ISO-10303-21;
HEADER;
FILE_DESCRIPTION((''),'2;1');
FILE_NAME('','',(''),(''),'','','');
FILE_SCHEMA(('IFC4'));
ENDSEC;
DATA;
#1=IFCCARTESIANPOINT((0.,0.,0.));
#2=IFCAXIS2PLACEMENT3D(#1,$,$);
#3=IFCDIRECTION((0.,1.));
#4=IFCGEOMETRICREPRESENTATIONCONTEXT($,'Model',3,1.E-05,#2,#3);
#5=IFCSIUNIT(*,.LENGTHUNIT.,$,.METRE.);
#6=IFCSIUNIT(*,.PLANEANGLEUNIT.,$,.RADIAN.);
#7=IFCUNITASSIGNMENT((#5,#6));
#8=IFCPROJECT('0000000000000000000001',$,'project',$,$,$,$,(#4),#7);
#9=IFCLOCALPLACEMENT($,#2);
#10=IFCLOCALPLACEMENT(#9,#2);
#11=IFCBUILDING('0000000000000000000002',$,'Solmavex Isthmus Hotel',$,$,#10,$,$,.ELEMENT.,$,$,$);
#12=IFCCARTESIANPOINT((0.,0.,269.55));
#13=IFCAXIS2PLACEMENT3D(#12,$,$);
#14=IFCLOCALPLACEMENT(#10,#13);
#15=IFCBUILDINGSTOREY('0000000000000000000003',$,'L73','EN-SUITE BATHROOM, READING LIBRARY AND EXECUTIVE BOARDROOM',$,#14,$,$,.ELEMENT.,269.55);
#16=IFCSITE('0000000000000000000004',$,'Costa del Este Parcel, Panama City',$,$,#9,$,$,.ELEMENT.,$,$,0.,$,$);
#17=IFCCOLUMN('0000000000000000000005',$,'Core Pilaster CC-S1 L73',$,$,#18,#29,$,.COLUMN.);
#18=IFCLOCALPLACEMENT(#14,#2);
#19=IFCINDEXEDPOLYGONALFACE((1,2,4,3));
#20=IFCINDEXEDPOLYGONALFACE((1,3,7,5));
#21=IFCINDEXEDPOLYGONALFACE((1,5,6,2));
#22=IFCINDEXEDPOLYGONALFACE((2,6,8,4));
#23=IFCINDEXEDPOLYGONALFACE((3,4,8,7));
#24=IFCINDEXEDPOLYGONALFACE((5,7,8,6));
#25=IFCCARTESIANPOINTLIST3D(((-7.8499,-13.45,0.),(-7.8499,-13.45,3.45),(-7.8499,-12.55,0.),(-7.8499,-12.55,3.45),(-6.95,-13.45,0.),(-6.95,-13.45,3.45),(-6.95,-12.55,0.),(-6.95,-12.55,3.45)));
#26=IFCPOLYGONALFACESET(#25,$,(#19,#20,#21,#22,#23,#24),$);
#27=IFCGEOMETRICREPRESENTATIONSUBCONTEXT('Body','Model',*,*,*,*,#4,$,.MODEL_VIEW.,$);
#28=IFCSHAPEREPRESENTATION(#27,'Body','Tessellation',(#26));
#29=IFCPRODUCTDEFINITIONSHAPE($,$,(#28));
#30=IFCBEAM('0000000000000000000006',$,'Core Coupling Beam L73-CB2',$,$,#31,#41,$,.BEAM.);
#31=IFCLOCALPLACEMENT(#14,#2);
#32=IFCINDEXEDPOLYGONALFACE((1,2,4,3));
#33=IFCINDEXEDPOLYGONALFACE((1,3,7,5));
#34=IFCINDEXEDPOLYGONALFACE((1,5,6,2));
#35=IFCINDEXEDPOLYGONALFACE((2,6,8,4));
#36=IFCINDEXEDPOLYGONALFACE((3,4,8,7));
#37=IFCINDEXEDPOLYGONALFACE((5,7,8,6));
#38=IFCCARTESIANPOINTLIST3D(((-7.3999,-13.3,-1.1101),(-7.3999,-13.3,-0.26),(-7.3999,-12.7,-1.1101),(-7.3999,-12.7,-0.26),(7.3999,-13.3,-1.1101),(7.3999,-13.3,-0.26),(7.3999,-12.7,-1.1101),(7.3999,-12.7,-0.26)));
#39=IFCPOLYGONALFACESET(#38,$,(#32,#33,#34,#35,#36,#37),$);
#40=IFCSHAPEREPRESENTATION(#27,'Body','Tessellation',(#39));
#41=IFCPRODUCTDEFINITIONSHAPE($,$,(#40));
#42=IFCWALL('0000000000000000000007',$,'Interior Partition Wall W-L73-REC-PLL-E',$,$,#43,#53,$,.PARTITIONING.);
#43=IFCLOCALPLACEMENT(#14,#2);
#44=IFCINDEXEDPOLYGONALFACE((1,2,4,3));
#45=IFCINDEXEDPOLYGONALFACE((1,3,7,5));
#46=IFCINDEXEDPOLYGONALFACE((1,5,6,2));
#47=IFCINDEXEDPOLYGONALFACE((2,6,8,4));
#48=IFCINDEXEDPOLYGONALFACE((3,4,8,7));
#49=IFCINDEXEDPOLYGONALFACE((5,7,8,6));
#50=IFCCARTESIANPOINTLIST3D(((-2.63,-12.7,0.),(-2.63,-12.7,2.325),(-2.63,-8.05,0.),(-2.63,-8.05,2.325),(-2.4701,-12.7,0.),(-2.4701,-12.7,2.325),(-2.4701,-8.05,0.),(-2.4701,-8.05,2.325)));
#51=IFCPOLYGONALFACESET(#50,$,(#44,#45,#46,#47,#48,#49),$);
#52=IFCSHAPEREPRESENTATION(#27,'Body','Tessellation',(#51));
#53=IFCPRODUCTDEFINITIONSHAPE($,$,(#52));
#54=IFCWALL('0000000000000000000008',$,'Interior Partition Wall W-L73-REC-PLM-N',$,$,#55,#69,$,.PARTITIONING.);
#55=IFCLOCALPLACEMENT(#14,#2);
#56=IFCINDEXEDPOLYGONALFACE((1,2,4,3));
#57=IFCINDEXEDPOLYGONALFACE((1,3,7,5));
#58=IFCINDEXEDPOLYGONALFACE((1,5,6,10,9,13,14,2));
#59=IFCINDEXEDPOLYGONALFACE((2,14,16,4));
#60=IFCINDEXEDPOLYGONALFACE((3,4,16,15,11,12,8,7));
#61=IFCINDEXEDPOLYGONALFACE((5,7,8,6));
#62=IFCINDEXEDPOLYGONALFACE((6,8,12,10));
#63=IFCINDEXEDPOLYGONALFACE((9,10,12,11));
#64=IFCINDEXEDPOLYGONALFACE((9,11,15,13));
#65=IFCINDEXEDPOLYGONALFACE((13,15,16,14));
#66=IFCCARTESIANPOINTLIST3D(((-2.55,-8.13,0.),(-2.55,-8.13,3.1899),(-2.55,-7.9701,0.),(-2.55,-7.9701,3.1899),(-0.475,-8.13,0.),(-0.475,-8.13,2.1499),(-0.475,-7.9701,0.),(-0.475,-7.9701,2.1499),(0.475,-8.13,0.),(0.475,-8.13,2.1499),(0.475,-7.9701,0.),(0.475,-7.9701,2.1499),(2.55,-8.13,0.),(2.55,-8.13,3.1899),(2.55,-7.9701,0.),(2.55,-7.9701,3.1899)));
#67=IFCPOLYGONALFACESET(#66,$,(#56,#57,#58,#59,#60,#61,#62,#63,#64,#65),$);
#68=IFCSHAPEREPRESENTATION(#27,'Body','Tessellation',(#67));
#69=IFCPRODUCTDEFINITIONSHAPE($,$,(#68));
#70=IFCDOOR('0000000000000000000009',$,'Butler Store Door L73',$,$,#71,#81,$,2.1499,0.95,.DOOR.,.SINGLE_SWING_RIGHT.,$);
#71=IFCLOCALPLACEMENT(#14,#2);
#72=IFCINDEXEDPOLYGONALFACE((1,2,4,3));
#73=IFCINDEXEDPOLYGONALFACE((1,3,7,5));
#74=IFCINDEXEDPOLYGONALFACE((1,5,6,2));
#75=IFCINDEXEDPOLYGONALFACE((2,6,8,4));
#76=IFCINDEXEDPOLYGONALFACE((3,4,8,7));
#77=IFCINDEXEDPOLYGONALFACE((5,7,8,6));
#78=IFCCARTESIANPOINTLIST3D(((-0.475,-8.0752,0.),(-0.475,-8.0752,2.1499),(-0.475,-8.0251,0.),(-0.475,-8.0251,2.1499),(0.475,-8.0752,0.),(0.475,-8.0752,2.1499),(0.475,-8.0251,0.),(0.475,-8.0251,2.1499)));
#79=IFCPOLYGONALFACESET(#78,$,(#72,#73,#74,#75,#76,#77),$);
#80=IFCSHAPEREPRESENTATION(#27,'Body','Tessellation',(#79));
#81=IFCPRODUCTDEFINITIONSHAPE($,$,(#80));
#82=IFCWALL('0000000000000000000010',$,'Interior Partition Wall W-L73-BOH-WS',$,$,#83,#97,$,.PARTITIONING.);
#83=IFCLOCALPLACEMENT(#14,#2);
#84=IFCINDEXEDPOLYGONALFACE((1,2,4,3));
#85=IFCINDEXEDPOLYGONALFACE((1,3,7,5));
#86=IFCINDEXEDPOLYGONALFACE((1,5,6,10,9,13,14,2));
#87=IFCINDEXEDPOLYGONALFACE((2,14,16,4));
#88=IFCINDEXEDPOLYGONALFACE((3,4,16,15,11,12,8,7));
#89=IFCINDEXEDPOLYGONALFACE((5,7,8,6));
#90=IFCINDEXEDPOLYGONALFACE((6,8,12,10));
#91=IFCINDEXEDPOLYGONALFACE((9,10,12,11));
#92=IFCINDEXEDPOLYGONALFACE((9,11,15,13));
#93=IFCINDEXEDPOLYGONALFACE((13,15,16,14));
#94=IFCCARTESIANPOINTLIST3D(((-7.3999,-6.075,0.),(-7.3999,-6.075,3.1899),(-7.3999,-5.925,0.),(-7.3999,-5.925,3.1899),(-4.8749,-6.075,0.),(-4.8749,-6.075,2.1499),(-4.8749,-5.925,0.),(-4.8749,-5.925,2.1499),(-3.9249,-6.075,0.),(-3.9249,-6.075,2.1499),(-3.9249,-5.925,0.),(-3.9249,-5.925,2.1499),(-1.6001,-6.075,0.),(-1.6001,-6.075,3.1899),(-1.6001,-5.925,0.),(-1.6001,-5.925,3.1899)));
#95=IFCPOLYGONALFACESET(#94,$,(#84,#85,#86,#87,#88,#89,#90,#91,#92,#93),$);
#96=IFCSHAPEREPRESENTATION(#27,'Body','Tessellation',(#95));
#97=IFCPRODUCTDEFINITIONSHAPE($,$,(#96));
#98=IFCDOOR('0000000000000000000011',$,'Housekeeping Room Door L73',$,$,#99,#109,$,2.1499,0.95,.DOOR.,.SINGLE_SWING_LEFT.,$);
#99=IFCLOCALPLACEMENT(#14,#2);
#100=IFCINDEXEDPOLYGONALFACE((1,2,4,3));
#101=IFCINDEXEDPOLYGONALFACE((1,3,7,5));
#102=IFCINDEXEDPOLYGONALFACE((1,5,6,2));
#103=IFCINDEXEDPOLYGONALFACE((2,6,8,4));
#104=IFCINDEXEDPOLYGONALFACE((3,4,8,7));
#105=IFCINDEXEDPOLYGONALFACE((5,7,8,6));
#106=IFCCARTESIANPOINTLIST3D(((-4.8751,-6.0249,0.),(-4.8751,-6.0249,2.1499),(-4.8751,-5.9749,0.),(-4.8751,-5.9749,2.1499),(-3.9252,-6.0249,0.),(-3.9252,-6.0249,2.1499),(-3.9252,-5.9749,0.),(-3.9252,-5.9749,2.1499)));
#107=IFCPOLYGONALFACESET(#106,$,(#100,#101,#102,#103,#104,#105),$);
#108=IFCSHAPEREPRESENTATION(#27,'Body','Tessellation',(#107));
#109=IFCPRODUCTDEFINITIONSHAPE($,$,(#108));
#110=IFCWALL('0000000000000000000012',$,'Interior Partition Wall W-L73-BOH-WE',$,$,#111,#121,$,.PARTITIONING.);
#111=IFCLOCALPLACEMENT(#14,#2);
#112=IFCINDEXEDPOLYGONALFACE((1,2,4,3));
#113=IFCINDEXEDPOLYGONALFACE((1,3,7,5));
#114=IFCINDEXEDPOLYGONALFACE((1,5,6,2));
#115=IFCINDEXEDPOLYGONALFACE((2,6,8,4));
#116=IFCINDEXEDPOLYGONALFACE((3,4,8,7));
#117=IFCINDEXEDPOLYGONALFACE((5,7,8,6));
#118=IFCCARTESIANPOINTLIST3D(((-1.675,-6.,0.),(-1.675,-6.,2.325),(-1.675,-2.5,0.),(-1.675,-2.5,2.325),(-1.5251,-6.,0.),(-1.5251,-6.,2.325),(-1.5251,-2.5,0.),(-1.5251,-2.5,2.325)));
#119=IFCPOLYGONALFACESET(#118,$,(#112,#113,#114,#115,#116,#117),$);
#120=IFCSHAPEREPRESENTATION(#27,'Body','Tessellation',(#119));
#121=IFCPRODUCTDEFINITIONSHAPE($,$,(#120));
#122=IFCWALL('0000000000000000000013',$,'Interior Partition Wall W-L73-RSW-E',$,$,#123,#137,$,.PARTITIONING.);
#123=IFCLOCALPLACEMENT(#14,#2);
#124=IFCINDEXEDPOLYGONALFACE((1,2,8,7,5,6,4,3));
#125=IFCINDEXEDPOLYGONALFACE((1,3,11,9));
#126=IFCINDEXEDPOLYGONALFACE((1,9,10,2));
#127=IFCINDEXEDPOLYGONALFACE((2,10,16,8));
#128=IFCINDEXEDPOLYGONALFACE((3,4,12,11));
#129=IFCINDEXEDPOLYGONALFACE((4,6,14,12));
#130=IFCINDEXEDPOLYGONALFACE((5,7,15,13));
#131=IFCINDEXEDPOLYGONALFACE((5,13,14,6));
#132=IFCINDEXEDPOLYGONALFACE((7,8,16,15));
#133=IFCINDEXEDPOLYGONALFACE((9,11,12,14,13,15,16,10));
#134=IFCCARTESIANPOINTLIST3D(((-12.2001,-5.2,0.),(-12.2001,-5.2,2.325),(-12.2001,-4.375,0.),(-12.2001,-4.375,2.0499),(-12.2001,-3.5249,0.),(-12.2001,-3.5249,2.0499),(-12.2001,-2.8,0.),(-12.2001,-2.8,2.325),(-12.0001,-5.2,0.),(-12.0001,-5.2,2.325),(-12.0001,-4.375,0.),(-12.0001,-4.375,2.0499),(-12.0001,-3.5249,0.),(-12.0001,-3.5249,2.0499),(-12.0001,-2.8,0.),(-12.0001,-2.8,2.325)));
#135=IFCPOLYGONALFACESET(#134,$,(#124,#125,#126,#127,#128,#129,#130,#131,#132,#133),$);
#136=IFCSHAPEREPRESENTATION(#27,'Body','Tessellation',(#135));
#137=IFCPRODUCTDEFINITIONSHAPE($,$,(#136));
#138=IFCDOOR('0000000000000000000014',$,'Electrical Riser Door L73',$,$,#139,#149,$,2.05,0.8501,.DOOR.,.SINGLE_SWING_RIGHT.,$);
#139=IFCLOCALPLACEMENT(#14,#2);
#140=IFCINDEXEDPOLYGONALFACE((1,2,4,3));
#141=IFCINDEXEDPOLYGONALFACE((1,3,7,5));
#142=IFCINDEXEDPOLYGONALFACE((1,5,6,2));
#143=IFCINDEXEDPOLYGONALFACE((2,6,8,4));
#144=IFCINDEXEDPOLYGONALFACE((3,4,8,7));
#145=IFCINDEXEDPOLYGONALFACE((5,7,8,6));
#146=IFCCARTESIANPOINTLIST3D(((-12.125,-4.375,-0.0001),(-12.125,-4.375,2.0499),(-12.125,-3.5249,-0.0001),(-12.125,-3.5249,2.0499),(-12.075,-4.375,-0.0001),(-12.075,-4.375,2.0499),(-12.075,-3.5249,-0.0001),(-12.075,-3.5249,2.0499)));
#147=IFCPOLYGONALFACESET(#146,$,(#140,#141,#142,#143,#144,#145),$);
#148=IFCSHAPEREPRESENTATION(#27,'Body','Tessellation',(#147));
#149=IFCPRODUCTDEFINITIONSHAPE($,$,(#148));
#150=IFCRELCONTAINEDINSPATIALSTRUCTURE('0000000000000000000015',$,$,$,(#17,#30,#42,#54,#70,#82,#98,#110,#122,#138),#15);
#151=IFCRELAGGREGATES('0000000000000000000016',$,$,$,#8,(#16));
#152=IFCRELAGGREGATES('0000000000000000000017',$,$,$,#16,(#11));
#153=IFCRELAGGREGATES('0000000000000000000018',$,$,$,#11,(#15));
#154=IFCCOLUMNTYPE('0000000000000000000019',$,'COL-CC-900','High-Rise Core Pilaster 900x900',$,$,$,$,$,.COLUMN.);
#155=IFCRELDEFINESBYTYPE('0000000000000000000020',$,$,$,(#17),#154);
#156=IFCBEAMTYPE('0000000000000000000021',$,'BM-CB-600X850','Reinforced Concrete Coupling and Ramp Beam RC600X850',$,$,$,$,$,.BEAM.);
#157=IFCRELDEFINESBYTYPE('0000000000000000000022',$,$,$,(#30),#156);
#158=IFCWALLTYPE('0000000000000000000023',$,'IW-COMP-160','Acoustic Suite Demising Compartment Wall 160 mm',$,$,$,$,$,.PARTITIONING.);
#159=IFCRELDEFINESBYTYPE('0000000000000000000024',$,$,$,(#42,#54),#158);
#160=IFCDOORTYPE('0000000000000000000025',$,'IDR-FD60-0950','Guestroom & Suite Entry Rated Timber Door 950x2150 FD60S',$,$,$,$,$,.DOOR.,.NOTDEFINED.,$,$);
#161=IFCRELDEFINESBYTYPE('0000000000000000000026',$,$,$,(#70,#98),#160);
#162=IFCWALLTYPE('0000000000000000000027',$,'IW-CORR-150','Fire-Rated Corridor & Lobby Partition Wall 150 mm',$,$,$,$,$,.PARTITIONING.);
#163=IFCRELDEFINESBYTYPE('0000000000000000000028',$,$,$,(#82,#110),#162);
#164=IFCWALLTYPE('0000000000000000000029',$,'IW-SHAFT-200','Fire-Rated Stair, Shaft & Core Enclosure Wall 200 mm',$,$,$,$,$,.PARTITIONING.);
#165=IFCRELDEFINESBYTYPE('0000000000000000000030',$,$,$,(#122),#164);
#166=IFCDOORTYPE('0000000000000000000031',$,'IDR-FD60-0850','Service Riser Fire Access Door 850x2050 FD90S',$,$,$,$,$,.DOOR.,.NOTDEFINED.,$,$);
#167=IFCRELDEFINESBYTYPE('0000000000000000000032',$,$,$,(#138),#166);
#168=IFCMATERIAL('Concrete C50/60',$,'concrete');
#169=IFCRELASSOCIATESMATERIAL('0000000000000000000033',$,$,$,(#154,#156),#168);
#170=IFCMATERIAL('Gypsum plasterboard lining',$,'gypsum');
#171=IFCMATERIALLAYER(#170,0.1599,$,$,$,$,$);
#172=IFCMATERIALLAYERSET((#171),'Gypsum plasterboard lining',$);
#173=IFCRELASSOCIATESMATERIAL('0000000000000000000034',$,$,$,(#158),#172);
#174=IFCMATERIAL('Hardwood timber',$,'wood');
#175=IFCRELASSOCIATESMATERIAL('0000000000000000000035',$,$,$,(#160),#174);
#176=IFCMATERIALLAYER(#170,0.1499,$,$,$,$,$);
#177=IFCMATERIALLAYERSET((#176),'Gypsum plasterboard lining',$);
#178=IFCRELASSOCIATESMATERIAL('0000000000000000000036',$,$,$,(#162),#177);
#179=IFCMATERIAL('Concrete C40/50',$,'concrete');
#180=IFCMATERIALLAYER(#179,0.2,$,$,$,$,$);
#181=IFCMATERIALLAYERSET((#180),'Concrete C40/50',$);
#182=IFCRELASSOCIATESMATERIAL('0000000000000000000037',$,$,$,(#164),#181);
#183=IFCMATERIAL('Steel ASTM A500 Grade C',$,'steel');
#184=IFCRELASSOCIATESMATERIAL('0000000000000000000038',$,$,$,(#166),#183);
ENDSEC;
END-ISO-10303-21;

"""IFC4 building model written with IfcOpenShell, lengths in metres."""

from ifc_helpers import new_model, si_unit, direction, frame, frame_2d, origin, origin_2d, place, context, subcontext, project, spatial, rectangle, extrude, material, layer, layer_set, material_profile, profile_set, type_object, element, fill, save


model = new_model("IFC4")

# Units and contexts
model_context = context("Model", 3, precision=1e-05, world=origin(), true_north=direction((0.0, 1.0)))
body_context = subcontext(model_context, "Body", "Model", "MODEL_VIEW")
ifc_project = project(units=[si_unit("LENGTHUNIT", "METRE"), si_unit("PLANEANGLEUNIT", "RADIAN")], contexts=[model_context])

# Site, building, storey
site_placement = place(None, origin())
site = spatial("IfcSite", under=ifc_project, at=site_placement, Name="Costa del Este Parcel, Panama City", CompositionType="ELEMENT", RefElevation=0.0)
building_placement = place(site_placement, origin())
building = spatial("IfcBuilding", under=site, at=building_placement, Name="Solmavex Isthmus Hotel", CompositionType="ELEMENT")
storey_placement = place(building_placement, frame((0.0, 0.0, 269.55)))
storey = spatial("IfcBuildingStorey", under=building, at=storey_placement, Name="L73", Description="EN-SUITE BATHROOM, READING LIBRARY AND EXECUTIVE BOARDROOM", CompositionType="ELEMENT", Elevation=269.55)

# Column
ifc_material_1 = material(Name="Concrete C50/60", Category="concrete")
ifc_material_profile_1 = material_profile(ifc_material_1, rectangle(XDim=0.8999, YDim=0.8999, at=origin_2d()), Name="RC900X900")
ifc_profile_set_1 = profile_set([ifc_material_profile_1], Name="Concrete C50/60")
column_type = type_object("IfcColumnType", Name="COL-CC-900", Description="High-Rise Core Pilaster 900x900", PredefinedType="COLUMN", material=ifc_profile_set_1)
column_placement = place(storey_placement, frame((-7.3999, -13.0, 0.0), z_axis=(0.0, 0.0, 1.0), x_axis=(1.0, 0.0, 0.0)))
element("IfcColumn", 1, at=column_placement, inside=storey, type_object=column_type, Name="Core Pilaster CC-S1 L73", PredefinedType="COLUMN", context=body_context, shape_type="SweptSolid", body=[
    extrude(rectangle(XDim=0.8999, YDim=0.8999, at=origin_2d()), origin(), (0.0, 0.0, 1.0), 3.45),
])

# Beam
ifc_material_profile_2 = material_profile(ifc_material_1, rectangle(XDim=0.6001, YDim=0.8501, at=origin_2d()), Name="RC600X850")
ifc_profile_set_2 = profile_set([ifc_material_profile_2], Name="Concrete C50/60")
beam_type = type_object("IfcBeamType", Name="BM-CB-600X850", Description="Reinforced Concrete Coupling and Ramp Beam RC600X850", PredefinedType="BEAM", material=ifc_profile_set_2)
beam_placement = place(storey_placement, frame((-7.3999, -13.0, -0.6851), z_axis=(1.0, 0.0, 0.0), x_axis=(0.0, 1.0, 0.0)))
element("IfcBeam", 2, at=beam_placement, inside=storey, type_object=beam_type, Name="Core Coupling Beam L73-CB2", PredefinedType="BEAM", context=body_context, shape_type="SweptSolid", body=[
    extrude(rectangle(XDim=0.6001, YDim=0.8501, at=origin_2d()), origin(), (0.0, 0.0, 1.0), 14.7998),
])

# Shared definitions
ifc_material_2 = material(Name="Gypsum plasterboard lining", Category="gypsum")
ifc_layer_1 = layer(ifc_material_2, 0.1599)
ifc_layer_set_1 = layer_set([ifc_layer_1], Name="Gypsum plasterboard lining")
wall_type_1 = type_object("IfcWallType", Name="IW-COMP-160", Description="Acoustic Suite Demising Compartment Wall 160 mm", PredefinedType="PARTITIONING", material=ifc_layer_set_1)
ifc_material_3 = material(Name="Hardwood timber", Category="wood")
door_type_1 = type_object("IfcDoorType", Name="IDR-FD60-0950", Description="Guestroom & Suite Entry Rated Timber Door 950x2150 FD60S", OperationType="NOTDEFINED", PredefinedType="DOOR", material=ifc_material_3)

# Wall
wall_1_placement = place(storey_placement, frame((-2.55, -12.7, 0.0), z_axis=(0.0, 0.0, 1.0), x_axis=(0.0, 1.0, 0.0)))
element("IfcWall", 3, at=wall_1_placement, inside=storey, type_object=wall_type_1, Name="Interior Partition Wall W-L73-REC-PLL-E", PredefinedType="PARTITIONING", context=body_context, shape_type="SweptSolid", body=[
    extrude(rectangle(XDim=4.6499, YDim=0.1599, at=frame_2d((2.325, 0.0))), origin(), (0.0, 0.0, 1.0), 2.325),
])

# Walls, openings, doors
wall_2_placement = place(storey_placement, frame((-2.55, -8.05, 0.0), z_axis=(0.0, 0.0, 1.0), x_axis=(1.0, 0.0, 0.0)))
wall_2 = element("IfcWall", 4, at=wall_2_placement, inside=storey, type_object=wall_type_1, Name="Interior Partition Wall W-L73-REC-PLM-N", PredefinedType="PARTITIONING", context=body_context, shape_type="SweptSolid", body=[
    extrude(rectangle(XDim=5.1001, YDim=0.1599, at=frame_2d((2.55, 0.0))), origin(), (0.0, 0.0, 1.0), 3.1899),
])
opening_1_placement = place(wall_2_placement, frame((2.075, 0.0, 0.0)))
opening_1 = element("IfcOpeningElement", 5, at=opening_1_placement, cuts=wall_2, PredefinedType="OPENING", context=body_context, shape_type="SweptSolid", body=[
    extrude(rectangle(XDim=0.95, YDim=2.1499, at=frame_2d((0.4751, 1.075))), frame((0.0, 0.0898, 0.0), z_axis=(0.0, -1.0, 0.0), x_axis=(1.0, 0.0, 0.0)), (0.0, 0.0, 1.0), 0.1799),
])
door_1_placement = place(opening_1_placement, origin())
door_1 = element("IfcDoor", 6, at=door_1_placement, inside=storey, type_object=door_type_1, Name="Butler Store Door L73", OperationType="SINGLE_SWING_RIGHT", OverallHeight=2.1499, OverallWidth=0.95, PredefinedType="DOOR", context=body_context, shape_type="SweptSolid", body=[
    extrude(rectangle(XDim=0.95, YDim=2.1499, at=frame_2d((0.4751, 1.075))), frame((0.0, 0.0249, 0.0), z_axis=(0.0, -1.0, 0.0), x_axis=(1.0, 0.0, 0.0)), (0.0, 0.0, 1.0), 0.05),
])
fill(opening_1, door_1)
ifc_layer_2 = layer(ifc_material_2, 0.1499)
ifc_layer_set_2 = layer_set([ifc_layer_2], Name="Gypsum plasterboard lining")
wall_type_2 = type_object("IfcWallType", Name="IW-CORR-150", Description="Fire-Rated Corridor & Lobby Partition Wall 150 mm", PredefinedType="PARTITIONING", material=ifc_layer_set_2)
wall_3_placement = place(storey_placement, frame((-7.3999, -6.0, 0.0), z_axis=(0.0, 0.0, 1.0), x_axis=(1.0, 0.0, 0.0)))
wall_3 = element("IfcWall", 7, at=wall_3_placement, inside=storey, type_object=wall_type_2, Name="Interior Partition Wall W-L73-BOH-WS", PredefinedType="PARTITIONING", context=body_context, shape_type="SweptSolid", body=[
    extrude(rectangle(XDim=5.7998, YDim=0.1499, at=frame_2d((2.8999, 0.0))), origin(), (0.0, 0.0, 1.0), 3.1899),
])
opening_2_placement = place(wall_3_placement, frame((2.5249, 0.0, 0.0)))
opening_2 = element("IfcOpeningElement", 8, at=opening_2_placement, cuts=wall_3, PredefinedType="OPENING", context=body_context, shape_type="SweptSolid", body=[
    extrude(rectangle(XDim=0.95, YDim=2.1499, at=frame_2d((0.4751, 1.075))), frame((0.0, 0.085, 0.0), z_axis=(0.0, -1.0, 0.0), x_axis=(1.0, 0.0, 0.0)), (0.0, 0.0, 1.0), 0.1699),
])
door_2_placement = place(opening_2_placement, frame((0.95, 0.0, 0.0), z_axis=(0.0, 0.0, 1.0), x_axis=(-1.0, 0.0, 0.0)))
door_2 = element("IfcDoor", 9, at=door_2_placement, inside=storey, type_object=door_type_1, Name="Housekeeping Room Door L73", OperationType="SINGLE_SWING_LEFT", OverallHeight=2.1499, OverallWidth=0.95, PredefinedType="DOOR", context=body_context, shape_type="SweptSolid", body=[
    extrude(rectangle(XDim=0.95, YDim=2.1499, at=frame_2d((0.4751, 1.075))), frame((0.0, 0.0249, 0.0), z_axis=(0.0, -1.0, 0.0), x_axis=(1.0, 0.0, 0.0)), (0.0, 0.0, 1.0), 0.05),
])
fill(opening_2, door_2)

# Wall
wall_4_placement = place(storey_placement, frame((-1.6001, -6.0, 0.0), z_axis=(0.0, 0.0, 1.0), x_axis=(0.0, 1.0, 0.0)))
element("IfcWall", 10, at=wall_4_placement, inside=storey, type_object=wall_type_2, Name="Interior Partition Wall W-L73-BOH-WE", PredefinedType="PARTITIONING", context=body_context, shape_type="SweptSolid", body=[
    extrude(rectangle(XDim=3.5, YDim=0.1499, at=frame_2d((1.75, 0.0))), origin(), (0.0, 0.0, 1.0), 2.325),
])

# Wall, opening, door
ifc_material_4 = material(Name="Concrete C40/50", Category="concrete")
ifc_layer_3 = layer(ifc_material_4, 0.2)
ifc_layer_set_3 = layer_set([ifc_layer_3], Name="Concrete C40/50")
wall_type_3 = type_object("IfcWallType", Name="IW-SHAFT-200", Description="Fire-Rated Stair, Shaft & Core Enclosure Wall 200 mm", PredefinedType="PARTITIONING", material=ifc_layer_set_3)
wall_5_placement = place(storey_placement, frame((-12.1001, -5.2, 0.0), z_axis=(0.0, 0.0, 1.0), x_axis=(0.0, 1.0, 0.0)))
wall_5 = element("IfcWall", 11, at=wall_5_placement, inside=storey, type_object=wall_type_3, Name="Interior Partition Wall W-L73-RSW-E", PredefinedType="PARTITIONING", context=body_context, shape_type="SweptSolid", body=[
    extrude(rectangle(XDim=2.3999, YDim=0.2, at=frame_2d((1.2, 0.0))), origin(), (0.0, 0.0, 1.0), 2.325),
])
opening_3_placement = place(wall_5_placement, frame((0.825, 0.0, 0.0)))
opening_3 = element("IfcOpeningElement", 12, at=opening_3_placement, cuts=wall_5, PredefinedType="OPENING", context=body_context, shape_type="SweptSolid", body=[
    extrude(rectangle(XDim=0.8501, YDim=2.05, at=frame_2d((0.425, 1.0249))), frame((0.0, 0.1099, 0.0), z_axis=(0.0, -1.0, 0.0), x_axis=(1.0, 0.0, 0.0)), (0.0, 0.0, 1.0), 0.22),
])
ifc_material_5 = material(Name="Steel ASTM A500 Grade C", Category="steel")
door_type_2 = type_object("IfcDoorType", Name="IDR-FD60-0850", Description="Service Riser Fire Access Door 850x2050 FD90S", OperationType="NOTDEFINED", PredefinedType="DOOR", material=ifc_material_5)
door_3_placement = place(opening_3_placement, origin())
door_3 = element("IfcDoor", 13, at=door_3_placement, inside=storey, type_object=door_type_2, Name="Electrical Riser Door L73", OperationType="SINGLE_SWING_RIGHT", OverallHeight=2.05, OverallWidth=0.8501, PredefinedType="DOOR", context=body_context, shape_type="SweptSolid", body=[
    extrude(rectangle(XDim=0.8501, YDim=2.05, at=frame_2d((0.425, 1.0249))), frame((0.0, 0.0249, 0.0), z_axis=(0.0, -1.0, 0.0), x_axis=(1.0, 0.0, 0.0)), (0.0, 0.0, 1.0), 0.05),
])
fill(opening_3, door_3)

save(model, "model.ifc")
